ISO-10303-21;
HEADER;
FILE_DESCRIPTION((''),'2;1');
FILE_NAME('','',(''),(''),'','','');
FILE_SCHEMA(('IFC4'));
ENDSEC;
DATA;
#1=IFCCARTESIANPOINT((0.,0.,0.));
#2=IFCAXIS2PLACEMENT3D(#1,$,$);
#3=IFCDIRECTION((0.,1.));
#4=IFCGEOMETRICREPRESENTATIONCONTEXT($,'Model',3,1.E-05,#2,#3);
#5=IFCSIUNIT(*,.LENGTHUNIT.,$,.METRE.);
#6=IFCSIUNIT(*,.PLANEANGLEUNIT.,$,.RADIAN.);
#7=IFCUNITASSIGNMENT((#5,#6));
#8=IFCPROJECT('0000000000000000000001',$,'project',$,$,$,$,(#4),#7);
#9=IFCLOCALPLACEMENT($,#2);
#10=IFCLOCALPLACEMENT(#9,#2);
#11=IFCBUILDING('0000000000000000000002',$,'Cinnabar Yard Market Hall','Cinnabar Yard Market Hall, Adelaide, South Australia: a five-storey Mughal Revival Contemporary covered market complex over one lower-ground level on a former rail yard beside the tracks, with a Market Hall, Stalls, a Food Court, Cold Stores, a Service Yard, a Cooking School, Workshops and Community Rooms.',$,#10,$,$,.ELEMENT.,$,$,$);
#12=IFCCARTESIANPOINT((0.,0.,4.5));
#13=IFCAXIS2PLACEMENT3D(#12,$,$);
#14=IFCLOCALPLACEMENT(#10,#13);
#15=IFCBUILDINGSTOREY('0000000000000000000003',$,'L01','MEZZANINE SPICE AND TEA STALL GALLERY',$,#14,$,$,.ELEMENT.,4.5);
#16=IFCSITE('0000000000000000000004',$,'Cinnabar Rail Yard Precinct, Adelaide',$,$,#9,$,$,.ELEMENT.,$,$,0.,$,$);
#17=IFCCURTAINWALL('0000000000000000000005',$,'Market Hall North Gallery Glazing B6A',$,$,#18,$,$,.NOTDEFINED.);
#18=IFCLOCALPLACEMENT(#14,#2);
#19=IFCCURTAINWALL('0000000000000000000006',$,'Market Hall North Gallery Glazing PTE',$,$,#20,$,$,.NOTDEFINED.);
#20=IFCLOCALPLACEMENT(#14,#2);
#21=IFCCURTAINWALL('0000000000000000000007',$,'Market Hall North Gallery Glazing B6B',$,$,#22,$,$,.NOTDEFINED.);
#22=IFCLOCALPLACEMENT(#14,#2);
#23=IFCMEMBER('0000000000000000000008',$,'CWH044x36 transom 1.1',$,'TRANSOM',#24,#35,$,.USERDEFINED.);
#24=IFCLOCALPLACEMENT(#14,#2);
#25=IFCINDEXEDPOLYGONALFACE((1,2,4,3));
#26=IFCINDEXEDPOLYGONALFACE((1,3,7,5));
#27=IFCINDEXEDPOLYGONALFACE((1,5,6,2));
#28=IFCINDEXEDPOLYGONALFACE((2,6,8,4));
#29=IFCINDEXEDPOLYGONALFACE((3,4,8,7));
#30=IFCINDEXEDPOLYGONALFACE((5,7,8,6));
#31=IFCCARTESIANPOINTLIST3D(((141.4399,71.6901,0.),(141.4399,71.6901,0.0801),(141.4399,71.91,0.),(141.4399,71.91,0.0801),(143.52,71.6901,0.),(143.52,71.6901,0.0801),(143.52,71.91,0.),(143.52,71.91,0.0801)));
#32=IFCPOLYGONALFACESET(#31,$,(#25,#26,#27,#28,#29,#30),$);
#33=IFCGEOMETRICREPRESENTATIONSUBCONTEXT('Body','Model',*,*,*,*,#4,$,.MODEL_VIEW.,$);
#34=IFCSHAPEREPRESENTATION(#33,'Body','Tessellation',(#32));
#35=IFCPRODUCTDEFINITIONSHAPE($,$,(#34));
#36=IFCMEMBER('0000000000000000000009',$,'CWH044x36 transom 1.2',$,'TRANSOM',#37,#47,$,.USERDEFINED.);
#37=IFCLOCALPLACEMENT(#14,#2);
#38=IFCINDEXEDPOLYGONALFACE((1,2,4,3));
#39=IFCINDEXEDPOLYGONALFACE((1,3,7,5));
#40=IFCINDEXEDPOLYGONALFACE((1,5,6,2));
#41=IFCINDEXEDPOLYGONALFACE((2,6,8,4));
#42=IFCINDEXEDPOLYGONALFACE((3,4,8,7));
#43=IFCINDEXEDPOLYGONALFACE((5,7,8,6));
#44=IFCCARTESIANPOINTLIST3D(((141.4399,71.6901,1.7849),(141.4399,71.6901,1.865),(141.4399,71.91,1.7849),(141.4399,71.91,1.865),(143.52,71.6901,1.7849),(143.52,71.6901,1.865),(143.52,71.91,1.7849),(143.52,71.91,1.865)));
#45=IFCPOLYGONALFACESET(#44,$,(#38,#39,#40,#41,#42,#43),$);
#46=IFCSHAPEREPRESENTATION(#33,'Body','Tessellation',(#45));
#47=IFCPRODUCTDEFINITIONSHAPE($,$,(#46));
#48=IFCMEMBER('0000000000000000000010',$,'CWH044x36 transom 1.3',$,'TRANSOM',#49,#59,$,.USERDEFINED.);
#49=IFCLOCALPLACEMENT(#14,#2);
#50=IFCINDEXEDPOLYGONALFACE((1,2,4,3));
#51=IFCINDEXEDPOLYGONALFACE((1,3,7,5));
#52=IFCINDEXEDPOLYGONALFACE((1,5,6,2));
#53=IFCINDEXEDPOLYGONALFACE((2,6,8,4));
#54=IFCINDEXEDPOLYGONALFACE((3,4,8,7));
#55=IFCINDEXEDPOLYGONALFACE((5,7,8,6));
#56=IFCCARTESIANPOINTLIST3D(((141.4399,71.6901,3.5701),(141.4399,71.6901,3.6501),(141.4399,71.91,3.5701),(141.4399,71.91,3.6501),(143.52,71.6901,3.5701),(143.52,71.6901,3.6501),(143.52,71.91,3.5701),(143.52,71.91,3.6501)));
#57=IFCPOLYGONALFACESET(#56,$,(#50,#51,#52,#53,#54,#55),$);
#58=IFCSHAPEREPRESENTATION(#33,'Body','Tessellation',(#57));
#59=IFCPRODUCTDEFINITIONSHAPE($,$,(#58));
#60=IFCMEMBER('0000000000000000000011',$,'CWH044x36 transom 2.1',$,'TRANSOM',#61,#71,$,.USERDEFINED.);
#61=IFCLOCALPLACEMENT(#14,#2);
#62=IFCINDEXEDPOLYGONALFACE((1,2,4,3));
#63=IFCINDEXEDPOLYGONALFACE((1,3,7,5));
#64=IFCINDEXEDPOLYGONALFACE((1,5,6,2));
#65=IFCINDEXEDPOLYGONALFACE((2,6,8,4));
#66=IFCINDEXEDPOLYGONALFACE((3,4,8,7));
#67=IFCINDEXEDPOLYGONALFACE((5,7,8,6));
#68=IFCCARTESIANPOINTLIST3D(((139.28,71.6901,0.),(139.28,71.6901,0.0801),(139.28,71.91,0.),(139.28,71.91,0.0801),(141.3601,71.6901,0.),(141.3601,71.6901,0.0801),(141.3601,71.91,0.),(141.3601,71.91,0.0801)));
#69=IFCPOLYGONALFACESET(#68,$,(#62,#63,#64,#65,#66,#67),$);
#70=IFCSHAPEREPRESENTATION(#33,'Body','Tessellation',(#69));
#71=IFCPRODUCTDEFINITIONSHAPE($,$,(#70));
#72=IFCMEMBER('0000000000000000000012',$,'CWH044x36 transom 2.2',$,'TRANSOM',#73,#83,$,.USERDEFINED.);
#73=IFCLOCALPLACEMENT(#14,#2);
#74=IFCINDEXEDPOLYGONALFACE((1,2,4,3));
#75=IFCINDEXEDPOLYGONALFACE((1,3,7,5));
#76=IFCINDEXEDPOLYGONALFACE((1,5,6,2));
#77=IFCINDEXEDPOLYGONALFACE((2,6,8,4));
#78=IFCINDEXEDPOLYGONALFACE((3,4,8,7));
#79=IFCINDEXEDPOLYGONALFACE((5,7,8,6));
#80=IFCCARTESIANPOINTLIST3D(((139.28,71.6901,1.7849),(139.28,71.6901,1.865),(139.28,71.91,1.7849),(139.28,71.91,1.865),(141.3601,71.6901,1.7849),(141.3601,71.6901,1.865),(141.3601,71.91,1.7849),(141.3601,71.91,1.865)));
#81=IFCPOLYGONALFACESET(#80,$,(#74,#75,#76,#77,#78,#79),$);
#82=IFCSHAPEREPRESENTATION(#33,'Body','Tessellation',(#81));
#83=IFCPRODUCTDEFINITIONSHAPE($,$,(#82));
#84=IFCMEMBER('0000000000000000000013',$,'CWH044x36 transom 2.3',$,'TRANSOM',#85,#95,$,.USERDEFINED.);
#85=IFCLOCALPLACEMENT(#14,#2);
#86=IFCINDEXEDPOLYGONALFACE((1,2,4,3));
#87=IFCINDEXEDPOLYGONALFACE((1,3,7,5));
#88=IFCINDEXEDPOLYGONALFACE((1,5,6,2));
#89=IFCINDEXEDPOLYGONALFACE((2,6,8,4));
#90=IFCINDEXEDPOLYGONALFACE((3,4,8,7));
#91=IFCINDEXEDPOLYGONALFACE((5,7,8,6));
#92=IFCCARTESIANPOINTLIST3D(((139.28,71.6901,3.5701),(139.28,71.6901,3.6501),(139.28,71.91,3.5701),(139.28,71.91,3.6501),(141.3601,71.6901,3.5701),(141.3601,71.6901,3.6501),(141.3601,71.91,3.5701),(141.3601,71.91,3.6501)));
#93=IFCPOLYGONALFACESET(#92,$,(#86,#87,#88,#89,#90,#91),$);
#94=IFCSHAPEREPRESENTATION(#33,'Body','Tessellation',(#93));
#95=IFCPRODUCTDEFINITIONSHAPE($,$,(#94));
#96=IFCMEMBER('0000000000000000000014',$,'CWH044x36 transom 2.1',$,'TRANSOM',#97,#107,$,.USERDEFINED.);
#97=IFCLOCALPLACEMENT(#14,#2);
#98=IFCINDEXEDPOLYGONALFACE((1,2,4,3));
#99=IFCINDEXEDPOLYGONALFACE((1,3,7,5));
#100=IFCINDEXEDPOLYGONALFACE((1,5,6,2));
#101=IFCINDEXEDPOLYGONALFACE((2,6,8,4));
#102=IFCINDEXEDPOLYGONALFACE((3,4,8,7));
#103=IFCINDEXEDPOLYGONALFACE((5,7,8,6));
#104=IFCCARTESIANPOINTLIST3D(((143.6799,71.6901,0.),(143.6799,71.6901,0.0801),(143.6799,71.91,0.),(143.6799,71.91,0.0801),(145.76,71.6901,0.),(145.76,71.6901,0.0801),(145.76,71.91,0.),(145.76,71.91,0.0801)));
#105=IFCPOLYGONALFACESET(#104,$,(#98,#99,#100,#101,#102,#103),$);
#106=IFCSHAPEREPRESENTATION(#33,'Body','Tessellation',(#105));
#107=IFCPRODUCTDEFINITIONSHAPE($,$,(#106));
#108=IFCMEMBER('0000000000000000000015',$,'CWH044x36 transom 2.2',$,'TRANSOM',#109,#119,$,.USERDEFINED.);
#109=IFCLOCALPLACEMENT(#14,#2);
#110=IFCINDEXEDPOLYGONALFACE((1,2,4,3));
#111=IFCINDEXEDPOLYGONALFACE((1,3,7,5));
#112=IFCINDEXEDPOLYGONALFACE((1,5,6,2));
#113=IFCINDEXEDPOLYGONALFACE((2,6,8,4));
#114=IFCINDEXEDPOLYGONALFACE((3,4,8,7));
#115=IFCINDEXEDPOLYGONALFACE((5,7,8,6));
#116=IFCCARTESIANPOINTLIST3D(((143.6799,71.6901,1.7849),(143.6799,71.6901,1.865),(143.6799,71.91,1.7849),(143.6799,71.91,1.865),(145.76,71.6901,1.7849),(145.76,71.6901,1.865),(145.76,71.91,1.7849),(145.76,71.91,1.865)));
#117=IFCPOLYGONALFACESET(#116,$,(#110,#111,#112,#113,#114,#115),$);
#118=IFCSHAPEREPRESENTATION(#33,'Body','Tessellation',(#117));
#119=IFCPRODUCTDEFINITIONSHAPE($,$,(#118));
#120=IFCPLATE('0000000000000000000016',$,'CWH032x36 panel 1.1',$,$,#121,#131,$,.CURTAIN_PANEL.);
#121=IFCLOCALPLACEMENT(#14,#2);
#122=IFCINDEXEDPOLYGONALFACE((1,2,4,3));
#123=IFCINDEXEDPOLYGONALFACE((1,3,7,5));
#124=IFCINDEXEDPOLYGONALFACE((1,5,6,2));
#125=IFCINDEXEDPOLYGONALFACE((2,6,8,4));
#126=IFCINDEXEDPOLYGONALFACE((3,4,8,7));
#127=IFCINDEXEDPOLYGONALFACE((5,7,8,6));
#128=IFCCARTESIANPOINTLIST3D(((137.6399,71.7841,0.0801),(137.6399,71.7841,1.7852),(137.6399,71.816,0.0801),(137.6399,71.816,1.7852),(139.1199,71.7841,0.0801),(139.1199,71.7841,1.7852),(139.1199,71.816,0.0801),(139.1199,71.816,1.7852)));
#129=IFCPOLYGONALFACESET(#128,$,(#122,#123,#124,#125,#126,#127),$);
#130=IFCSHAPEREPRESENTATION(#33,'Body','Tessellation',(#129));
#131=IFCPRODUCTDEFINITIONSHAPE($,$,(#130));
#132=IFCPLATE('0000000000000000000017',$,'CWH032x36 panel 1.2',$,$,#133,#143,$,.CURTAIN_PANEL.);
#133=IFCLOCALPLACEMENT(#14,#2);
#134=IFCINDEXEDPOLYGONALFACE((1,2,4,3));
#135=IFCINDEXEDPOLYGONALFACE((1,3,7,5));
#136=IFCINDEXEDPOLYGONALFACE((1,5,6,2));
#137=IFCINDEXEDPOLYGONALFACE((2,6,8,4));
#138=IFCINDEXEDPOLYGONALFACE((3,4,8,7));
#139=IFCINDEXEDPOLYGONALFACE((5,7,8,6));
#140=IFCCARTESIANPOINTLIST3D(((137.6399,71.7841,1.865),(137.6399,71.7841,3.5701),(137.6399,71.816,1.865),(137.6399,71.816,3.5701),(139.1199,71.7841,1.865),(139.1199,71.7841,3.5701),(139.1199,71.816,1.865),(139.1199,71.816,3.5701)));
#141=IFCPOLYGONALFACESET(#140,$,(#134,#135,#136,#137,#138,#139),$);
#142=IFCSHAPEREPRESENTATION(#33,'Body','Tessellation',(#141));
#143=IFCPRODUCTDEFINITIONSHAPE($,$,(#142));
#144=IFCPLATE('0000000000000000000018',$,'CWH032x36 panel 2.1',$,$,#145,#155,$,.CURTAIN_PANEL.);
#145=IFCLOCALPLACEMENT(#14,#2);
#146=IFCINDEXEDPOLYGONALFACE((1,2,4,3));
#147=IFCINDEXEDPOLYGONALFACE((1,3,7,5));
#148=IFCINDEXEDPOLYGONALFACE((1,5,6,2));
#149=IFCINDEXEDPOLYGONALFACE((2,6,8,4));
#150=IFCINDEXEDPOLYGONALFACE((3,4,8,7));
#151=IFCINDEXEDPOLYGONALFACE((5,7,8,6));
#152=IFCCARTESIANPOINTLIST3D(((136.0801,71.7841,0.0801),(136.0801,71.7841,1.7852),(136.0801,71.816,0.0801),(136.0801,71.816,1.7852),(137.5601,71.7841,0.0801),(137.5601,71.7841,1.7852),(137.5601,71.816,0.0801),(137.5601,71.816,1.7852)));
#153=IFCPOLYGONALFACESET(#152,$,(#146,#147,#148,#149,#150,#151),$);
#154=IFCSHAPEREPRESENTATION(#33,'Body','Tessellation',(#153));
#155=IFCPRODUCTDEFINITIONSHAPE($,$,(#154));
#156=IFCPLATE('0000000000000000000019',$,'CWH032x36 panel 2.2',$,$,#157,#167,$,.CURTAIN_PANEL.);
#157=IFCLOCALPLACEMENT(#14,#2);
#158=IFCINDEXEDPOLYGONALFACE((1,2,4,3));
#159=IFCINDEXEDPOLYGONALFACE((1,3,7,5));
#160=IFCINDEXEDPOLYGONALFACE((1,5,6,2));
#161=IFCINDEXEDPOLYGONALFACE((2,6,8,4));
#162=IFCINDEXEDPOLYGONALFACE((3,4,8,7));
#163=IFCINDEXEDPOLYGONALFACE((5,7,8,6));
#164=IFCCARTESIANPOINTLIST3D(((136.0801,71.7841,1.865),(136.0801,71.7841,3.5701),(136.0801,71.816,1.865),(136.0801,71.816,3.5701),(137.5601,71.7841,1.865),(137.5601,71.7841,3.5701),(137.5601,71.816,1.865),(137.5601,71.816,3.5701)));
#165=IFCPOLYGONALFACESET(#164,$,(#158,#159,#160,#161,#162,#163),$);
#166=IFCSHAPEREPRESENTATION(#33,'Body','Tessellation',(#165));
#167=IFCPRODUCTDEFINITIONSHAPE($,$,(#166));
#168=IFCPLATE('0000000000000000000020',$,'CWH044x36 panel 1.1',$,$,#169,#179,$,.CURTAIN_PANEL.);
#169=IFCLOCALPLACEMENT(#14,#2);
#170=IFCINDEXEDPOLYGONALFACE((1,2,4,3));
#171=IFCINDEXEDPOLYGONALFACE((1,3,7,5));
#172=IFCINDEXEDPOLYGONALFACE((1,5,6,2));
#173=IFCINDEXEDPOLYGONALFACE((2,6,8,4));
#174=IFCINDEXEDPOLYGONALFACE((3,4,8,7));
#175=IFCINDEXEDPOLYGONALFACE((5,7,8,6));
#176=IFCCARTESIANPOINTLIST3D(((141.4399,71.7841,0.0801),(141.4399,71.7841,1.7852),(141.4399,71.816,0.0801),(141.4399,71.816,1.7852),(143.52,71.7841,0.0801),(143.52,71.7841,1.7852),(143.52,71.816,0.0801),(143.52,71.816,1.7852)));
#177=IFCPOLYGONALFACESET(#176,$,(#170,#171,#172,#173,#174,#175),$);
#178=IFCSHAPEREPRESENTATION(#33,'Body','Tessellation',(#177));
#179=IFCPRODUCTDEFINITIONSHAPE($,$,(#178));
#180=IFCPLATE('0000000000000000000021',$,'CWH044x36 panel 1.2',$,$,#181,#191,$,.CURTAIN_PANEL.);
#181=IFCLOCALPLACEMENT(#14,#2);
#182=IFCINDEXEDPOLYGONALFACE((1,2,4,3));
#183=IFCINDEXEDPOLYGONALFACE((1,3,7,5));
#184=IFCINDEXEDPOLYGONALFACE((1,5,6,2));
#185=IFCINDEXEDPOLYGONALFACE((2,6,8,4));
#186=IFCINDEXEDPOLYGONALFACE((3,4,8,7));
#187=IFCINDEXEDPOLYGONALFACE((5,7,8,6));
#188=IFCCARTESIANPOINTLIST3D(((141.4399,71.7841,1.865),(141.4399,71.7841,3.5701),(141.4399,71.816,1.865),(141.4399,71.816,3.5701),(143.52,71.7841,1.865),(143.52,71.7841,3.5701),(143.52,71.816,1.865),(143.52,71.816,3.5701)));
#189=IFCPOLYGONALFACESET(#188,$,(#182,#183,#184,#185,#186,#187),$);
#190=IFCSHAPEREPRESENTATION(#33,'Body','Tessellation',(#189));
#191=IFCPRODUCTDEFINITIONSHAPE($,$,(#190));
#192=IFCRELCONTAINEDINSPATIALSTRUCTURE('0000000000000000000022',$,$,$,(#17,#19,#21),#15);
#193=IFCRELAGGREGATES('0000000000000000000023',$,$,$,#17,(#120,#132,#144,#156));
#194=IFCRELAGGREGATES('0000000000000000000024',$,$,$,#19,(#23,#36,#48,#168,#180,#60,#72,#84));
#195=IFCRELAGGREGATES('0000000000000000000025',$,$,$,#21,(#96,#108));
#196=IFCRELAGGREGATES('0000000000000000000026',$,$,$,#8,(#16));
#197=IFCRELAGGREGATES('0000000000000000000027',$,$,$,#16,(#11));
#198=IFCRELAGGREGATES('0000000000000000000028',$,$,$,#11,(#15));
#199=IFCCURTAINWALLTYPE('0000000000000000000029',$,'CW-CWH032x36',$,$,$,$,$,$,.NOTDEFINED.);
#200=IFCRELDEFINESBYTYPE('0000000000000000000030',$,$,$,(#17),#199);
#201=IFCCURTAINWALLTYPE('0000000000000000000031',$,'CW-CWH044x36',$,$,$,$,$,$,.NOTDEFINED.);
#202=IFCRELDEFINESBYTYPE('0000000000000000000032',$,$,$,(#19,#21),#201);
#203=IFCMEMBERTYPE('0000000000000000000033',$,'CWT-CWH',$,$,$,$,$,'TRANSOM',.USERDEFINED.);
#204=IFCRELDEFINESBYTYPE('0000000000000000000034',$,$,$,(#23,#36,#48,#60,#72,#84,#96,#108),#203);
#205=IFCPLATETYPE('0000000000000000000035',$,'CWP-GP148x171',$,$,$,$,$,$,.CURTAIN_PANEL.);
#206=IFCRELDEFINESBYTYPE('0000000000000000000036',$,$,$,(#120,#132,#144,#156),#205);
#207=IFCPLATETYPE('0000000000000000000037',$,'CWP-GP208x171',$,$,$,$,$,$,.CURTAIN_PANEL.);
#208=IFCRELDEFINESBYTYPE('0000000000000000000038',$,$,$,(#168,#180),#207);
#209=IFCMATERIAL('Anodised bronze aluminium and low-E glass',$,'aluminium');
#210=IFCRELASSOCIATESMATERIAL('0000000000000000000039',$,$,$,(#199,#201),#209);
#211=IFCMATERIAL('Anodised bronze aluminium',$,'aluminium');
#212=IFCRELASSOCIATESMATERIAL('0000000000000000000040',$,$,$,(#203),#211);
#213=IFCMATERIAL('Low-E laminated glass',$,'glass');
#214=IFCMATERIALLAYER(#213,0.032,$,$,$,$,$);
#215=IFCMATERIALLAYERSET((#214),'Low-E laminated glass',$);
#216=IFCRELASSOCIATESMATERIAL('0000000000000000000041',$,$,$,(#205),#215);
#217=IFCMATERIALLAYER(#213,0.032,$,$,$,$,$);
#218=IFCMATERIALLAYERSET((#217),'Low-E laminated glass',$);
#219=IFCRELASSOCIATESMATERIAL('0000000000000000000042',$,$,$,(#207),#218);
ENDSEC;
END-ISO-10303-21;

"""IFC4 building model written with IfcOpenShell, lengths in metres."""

from ifc_helpers import new_model, si_unit, direction, frame, origin, origin_2d_with_axis, place, context, subcontext, project, spatial, rectangle, extrude, material, layer, layer_set, material_profile, profile_set, type_object, element, aggregate, save


model = new_model("IFC4")

# Units and contexts
model_context = context("Model", 3, precision=1e-05, world=origin(), true_north=direction((0.0, 1.0)))
body_context = subcontext(model_context, "Body", "Model", "MODEL_VIEW")
ifc_project = project(units=[si_unit("LENGTHUNIT", "METRE"), si_unit("PLANEANGLEUNIT", "RADIAN")], contexts=[model_context])

# Site, building, storey
site_placement = place(None, origin())
site = spatial("IfcSite", under=ifc_project, at=site_placement, Name="Cinnabar Rail Yard Precinct, Adelaide", CompositionType="ELEMENT", RefElevation=0.0)
building_placement = place(site_placement, origin())
building = spatial("IfcBuilding", under=site, at=building_placement, Name="Cinnabar Yard Market Hall", Description="Cinnabar Yard Market Hall, Adelaide, South Australia: a five-storey Mughal Revival Contemporary covered market complex over one lower-ground level on a former rail yard beside the tracks, with a Market Hall, Stalls, a Food Court, Cold Stores, a Service Yard, a Cooking School, Workshops and Community Rooms.", CompositionType="ELEMENT")
storey_placement = place(building_placement, frame((0.0, 0.0, 4.5)))
storey = spatial("IfcBuildingStorey", under=building, at=storey_placement, Name="L01", Description="MEZZANINE SPICE AND TEA STALL GALLERY", CompositionType="ELEMENT", Elevation=4.5)

# Shared definitions
ifc_material_1 = material(Name="Anodised bronze aluminium and low-E glass", Category="aluminium")
ifc_material_2 = material(Name="Anodised bronze aluminium", Category="aluminium")

# Curtain walls
curtain_wall_type_1 = type_object("IfcCurtainWallType", Name="CW-CWH032x36", PredefinedType="NOTDEFINED", material=ifc_material_1)
curtain_wall_1_placement = place(storey_placement, origin())
curtain_wall_1 = element("IfcCurtainWall", 1, at=curtain_wall_1_placement, inside=storey, type_object=curtain_wall_type_1, Name="Market Hall North Gallery Glazing B6A", PredefinedType="NOTDEFINED")
curtain_wall_type_2 = type_object("IfcCurtainWallType", Name="CW-CWH044x36", PredefinedType="NOTDEFINED", material=ifc_material_1)
curtain_wall_2_placement = place(storey_placement, origin())
curtain_wall_2 = element("IfcCurtainWall", 2, at=curtain_wall_2_placement, inside=storey, type_object=curtain_wall_type_2, Name="Market Hall North Gallery Glazing PTE", PredefinedType="NOTDEFINED")

# Curtain wall
curtain_wall_3_placement = place(storey_placement, origin())
curtain_wall_3 = element("IfcCurtainWall", 3, at=curtain_wall_3_placement, inside=storey, type_object=curtain_wall_type_2, Name="Market Hall North Gallery Glazing B6B", PredefinedType="NOTDEFINED")

# Members
ifc_material_profile_1 = material_profile(ifc_material_2, rectangle(XDim=0.22, YDim=0.0801, at=origin_2d_with_axis()), Name="TRN-CWH")
ifc_profile_set_1 = profile_set([ifc_material_profile_1], Name="Anodised bronze aluminium")
member_type_1 = type_object("IfcMemberType", Name="CWT-CWH", ElementType="TRANSOM", PredefinedType="USERDEFINED", material=ifc_profile_set_1)
member_1_placement = place(storey_placement, frame((143.52, 71.8, 0.04), z_axis=(-1.0, 0.0, 0.0), x_axis=(0.0, -1.0, 0.0)))
member_1 = element("IfcMember", 4, at=member_1_placement, type_object=member_type_1, Name="CWH044x36 transom 1.1", ObjectType="TRANSOM", PredefinedType="USERDEFINED", context=body_context, shape_type="SweptSolid", body=[
    extrude(rectangle(XDim=0.22, YDim=0.0801, at=origin_2d_with_axis()), origin(), (0.0, 0.0, 1.0), 2.0801),
])
member_2_placement = place(storey_placement, frame((143.52, 71.8, 1.825), z_axis=(-1.0, 0.0, 0.0), x_axis=(0.0, -1.0, 0.0)))
member_2 = element("IfcMember", 5, at=member_2_placement, type_object=member_type_1, Name="CWH044x36 transom 1.2", ObjectType="TRANSOM", PredefinedType="USERDEFINED", context=body_context, shape_type="SweptSolid", body=[
    extrude(rectangle(XDim=0.22, YDim=0.0801, at=origin_2d_with_axis()), origin(), (0.0, 0.0, 1.0), 2.0801),
])
member_3_placement = place(storey_placement, frame((143.52, 71.8, 3.6101), z_axis=(-1.0, 0.0, 0.0), x_axis=(0.0, -1.0, 0.0)))
member_3 = element("IfcMember", 6, at=member_3_placement, type_object=member_type_1, Name="CWH044x36 transom 1.3", ObjectType="TRANSOM", PredefinedType="USERDEFINED", context=body_context, shape_type="SweptSolid", body=[
    extrude(rectangle(XDim=0.22, YDim=0.0801, at=origin_2d_with_axis()), origin(), (0.0, 0.0, 1.0), 2.0801),
])
member_4_placement = place(storey_placement, frame((141.3601, 71.8, 0.04), z_axis=(-1.0, 0.0, 0.0), x_axis=(0.0, -1.0, 0.0)))
member_4 = element("IfcMember", 7, at=member_4_placement, type_object=member_type_1, Name="CWH044x36 transom 2.1", ObjectType="TRANSOM", PredefinedType="USERDEFINED", context=body_context, shape_type="SweptSolid", body=[
    extrude(rectangle(XDim=0.22, YDim=0.0801, at=origin_2d_with_axis()), origin(), (0.0, 0.0, 1.0), 2.0801),
])
member_5_placement = place(storey_placement, frame((141.3601, 71.8, 1.825), z_axis=(-1.0, 0.0, 0.0), x_axis=(0.0, -1.0, 0.0)))
member_5 = element("IfcMember", 8, at=member_5_placement, type_object=member_type_1, Name="CWH044x36 transom 2.2", ObjectType="TRANSOM", PredefinedType="USERDEFINED", context=body_context, shape_type="SweptSolid", body=[
    extrude(rectangle(XDim=0.22, YDim=0.0801, at=origin_2d_with_axis()), origin(), (0.0, 0.0, 1.0), 2.0801),
])
member_6_placement = place(storey_placement, frame((141.3601, 71.8, 3.6101), z_axis=(-1.0, 0.0, 0.0), x_axis=(0.0, -1.0, 0.0)))
member_6 = element("IfcMember", 9, at=member_6_placement, type_object=member_type_1, Name="CWH044x36 transom 2.3", ObjectType="TRANSOM", PredefinedType="USERDEFINED", context=body_context, shape_type="SweptSolid", body=[
    extrude(rectangle(XDim=0.22, YDim=0.0801, at=origin_2d_with_axis()), origin(), (0.0, 0.0, 1.0), 2.0801),
])
member_7_placement = place(storey_placement, frame((145.76, 71.8, 0.04), z_axis=(-1.0, 0.0, 0.0), x_axis=(0.0, -1.0, 0.0)))
member_7 = element("IfcMember", 10, at=member_7_placement, type_object=member_type_1, Name="CWH044x36 transom 2.1", ObjectType="TRANSOM", PredefinedType="USERDEFINED", context=body_context, shape_type="SweptSolid", body=[
    extrude(rectangle(XDim=0.22, YDim=0.0801, at=origin_2d_with_axis()), origin(), (0.0, 0.0, 1.0), 2.0801),
])
member_8_placement = place(storey_placement, frame((145.76, 71.8, 1.825), z_axis=(-1.0, 0.0, 0.0), x_axis=(0.0, -1.0, 0.0)))
member_8 = element("IfcMember", 11, at=member_8_placement, type_object=member_type_1, Name="CWH044x36 transom 2.2", ObjectType="TRANSOM", PredefinedType="USERDEFINED", context=body_context, shape_type="SweptSolid", body=[
    extrude(rectangle(XDim=0.22, YDim=0.0801, at=origin_2d_with_axis()), origin(), (0.0, 0.0, 1.0), 2.0801),
])

# Plates
ifc_material_3 = material(Name="Low-E laminated glass", Category="glass")
ifc_layer_1 = layer(ifc_material_3, 0.032)
ifc_layer_set_1 = layer_set([ifc_layer_1], Name="Low-E laminated glass")
plate_type_1 = type_object("IfcPlateType", Name="CWP-GP148x171", PredefinedType="CURTAIN_PANEL", material=ifc_layer_set_1)
plate_1_placement = place(storey_placement, frame((138.3799, 71.8, 0.0801), z_axis=(0.0, 0.0, 1.0), x_axis=(-1.0, 0.0, 0.0)))
plate_1 = element("IfcPlate", 12, at=plate_1_placement, type_object=plate_type_1, Name="CWH032x36 panel 1.1", PredefinedType="CURTAIN_PANEL", context=body_context, shape_type="SweptSolid", body=[
    extrude(rectangle(XDim=1.48, YDim=0.032, at=origin_2d_with_axis()), origin(), (0.0, 0.0, 1.0), 1.7051),
])
plate_2_placement = place(storey_placement, frame((138.3799, 71.8, 1.865), z_axis=(0.0, 0.0, 1.0), x_axis=(-1.0, 0.0, 0.0)))
plate_2 = element("IfcPlate", 13, at=plate_2_placement, type_object=plate_type_1, Name="CWH032x36 panel 1.2", PredefinedType="CURTAIN_PANEL", context=body_context, shape_type="SweptSolid", body=[
    extrude(rectangle(XDim=1.48, YDim=0.032, at=origin_2d_with_axis()), origin(), (0.0, 0.0, 1.0), 1.7051),
])
plate_3_placement = place(storey_placement, frame((136.8201, 71.8, 0.0801), z_axis=(0.0, 0.0, 1.0), x_axis=(-1.0, 0.0, 0.0)))
plate_3 = element("IfcPlate", 14, at=plate_3_placement, type_object=plate_type_1, Name="CWH032x36 panel 2.1", PredefinedType="CURTAIN_PANEL", context=body_context, shape_type="SweptSolid", body=[
    extrude(rectangle(XDim=1.48, YDim=0.032, at=origin_2d_with_axis()), origin(), (0.0, 0.0, 1.0), 1.7051),
])
plate_4_placement = place(storey_placement, frame((136.8201, 71.8, 1.865), z_axis=(0.0, 0.0, 1.0), x_axis=(-1.0, 0.0, 0.0)))
plate_4 = element("IfcPlate", 15, at=plate_4_placement, type_object=plate_type_1, Name="CWH032x36 panel 2.2", PredefinedType="CURTAIN_PANEL", context=body_context, shape_type="SweptSolid", body=[
    extrude(rectangle(XDim=1.48, YDim=0.032, at=origin_2d_with_axis()), origin(), (0.0, 0.0, 1.0), 1.7051),
])
aggregate(curtain_wall_1, [plate_1, plate_2, plate_3, plate_4])
ifc_layer_2 = layer(ifc_material_3, 0.032)
ifc_layer_set_2 = layer_set([ifc_layer_2], Name="Low-E laminated glass")
plate_type_2 = type_object("IfcPlateType", Name="CWP-GP208x171", PredefinedType="CURTAIN_PANEL", material=ifc_layer_set_2)
plate_5_placement = place(storey_placement, frame((142.48, 71.8, 0.0801), z_axis=(0.0, 0.0, 1.0), x_axis=(-1.0, 0.0, 0.0)))
plate_5 = element("IfcPlate", 16, at=plate_5_placement, type_object=plate_type_2, Name="CWH044x36 panel 1.1", PredefinedType="CURTAIN_PANEL", context=body_context, shape_type="SweptSolid", body=[
    extrude(rectangle(XDim=2.0801, YDim=0.032, at=origin_2d_with_axis()), origin(), (0.0, 0.0, 1.0), 1.7051),
])
plate_6_placement = place(storey_placement, frame((142.48, 71.8, 1.865), z_axis=(0.0, 0.0, 1.0), x_axis=(-1.0, 0.0, 0.0)))
plate_6 = element("IfcPlate", 17, at=plate_6_placement, type_object=plate_type_2, Name="CWH044x36 panel 1.2", PredefinedType="CURTAIN_PANEL", context=body_context, shape_type="SweptSolid", body=[
    extrude(rectangle(XDim=2.0801, YDim=0.032, at=origin_2d_with_axis()), origin(), (0.0, 0.0, 1.0), 1.7051),
])
aggregate(curtain_wall_2, [member_1, member_2, member_3, plate_5, plate_6, member_4, member_5, member_6])
aggregate(curtain_wall_3, [member_7, member_8])

save(model, "model.ifc")
